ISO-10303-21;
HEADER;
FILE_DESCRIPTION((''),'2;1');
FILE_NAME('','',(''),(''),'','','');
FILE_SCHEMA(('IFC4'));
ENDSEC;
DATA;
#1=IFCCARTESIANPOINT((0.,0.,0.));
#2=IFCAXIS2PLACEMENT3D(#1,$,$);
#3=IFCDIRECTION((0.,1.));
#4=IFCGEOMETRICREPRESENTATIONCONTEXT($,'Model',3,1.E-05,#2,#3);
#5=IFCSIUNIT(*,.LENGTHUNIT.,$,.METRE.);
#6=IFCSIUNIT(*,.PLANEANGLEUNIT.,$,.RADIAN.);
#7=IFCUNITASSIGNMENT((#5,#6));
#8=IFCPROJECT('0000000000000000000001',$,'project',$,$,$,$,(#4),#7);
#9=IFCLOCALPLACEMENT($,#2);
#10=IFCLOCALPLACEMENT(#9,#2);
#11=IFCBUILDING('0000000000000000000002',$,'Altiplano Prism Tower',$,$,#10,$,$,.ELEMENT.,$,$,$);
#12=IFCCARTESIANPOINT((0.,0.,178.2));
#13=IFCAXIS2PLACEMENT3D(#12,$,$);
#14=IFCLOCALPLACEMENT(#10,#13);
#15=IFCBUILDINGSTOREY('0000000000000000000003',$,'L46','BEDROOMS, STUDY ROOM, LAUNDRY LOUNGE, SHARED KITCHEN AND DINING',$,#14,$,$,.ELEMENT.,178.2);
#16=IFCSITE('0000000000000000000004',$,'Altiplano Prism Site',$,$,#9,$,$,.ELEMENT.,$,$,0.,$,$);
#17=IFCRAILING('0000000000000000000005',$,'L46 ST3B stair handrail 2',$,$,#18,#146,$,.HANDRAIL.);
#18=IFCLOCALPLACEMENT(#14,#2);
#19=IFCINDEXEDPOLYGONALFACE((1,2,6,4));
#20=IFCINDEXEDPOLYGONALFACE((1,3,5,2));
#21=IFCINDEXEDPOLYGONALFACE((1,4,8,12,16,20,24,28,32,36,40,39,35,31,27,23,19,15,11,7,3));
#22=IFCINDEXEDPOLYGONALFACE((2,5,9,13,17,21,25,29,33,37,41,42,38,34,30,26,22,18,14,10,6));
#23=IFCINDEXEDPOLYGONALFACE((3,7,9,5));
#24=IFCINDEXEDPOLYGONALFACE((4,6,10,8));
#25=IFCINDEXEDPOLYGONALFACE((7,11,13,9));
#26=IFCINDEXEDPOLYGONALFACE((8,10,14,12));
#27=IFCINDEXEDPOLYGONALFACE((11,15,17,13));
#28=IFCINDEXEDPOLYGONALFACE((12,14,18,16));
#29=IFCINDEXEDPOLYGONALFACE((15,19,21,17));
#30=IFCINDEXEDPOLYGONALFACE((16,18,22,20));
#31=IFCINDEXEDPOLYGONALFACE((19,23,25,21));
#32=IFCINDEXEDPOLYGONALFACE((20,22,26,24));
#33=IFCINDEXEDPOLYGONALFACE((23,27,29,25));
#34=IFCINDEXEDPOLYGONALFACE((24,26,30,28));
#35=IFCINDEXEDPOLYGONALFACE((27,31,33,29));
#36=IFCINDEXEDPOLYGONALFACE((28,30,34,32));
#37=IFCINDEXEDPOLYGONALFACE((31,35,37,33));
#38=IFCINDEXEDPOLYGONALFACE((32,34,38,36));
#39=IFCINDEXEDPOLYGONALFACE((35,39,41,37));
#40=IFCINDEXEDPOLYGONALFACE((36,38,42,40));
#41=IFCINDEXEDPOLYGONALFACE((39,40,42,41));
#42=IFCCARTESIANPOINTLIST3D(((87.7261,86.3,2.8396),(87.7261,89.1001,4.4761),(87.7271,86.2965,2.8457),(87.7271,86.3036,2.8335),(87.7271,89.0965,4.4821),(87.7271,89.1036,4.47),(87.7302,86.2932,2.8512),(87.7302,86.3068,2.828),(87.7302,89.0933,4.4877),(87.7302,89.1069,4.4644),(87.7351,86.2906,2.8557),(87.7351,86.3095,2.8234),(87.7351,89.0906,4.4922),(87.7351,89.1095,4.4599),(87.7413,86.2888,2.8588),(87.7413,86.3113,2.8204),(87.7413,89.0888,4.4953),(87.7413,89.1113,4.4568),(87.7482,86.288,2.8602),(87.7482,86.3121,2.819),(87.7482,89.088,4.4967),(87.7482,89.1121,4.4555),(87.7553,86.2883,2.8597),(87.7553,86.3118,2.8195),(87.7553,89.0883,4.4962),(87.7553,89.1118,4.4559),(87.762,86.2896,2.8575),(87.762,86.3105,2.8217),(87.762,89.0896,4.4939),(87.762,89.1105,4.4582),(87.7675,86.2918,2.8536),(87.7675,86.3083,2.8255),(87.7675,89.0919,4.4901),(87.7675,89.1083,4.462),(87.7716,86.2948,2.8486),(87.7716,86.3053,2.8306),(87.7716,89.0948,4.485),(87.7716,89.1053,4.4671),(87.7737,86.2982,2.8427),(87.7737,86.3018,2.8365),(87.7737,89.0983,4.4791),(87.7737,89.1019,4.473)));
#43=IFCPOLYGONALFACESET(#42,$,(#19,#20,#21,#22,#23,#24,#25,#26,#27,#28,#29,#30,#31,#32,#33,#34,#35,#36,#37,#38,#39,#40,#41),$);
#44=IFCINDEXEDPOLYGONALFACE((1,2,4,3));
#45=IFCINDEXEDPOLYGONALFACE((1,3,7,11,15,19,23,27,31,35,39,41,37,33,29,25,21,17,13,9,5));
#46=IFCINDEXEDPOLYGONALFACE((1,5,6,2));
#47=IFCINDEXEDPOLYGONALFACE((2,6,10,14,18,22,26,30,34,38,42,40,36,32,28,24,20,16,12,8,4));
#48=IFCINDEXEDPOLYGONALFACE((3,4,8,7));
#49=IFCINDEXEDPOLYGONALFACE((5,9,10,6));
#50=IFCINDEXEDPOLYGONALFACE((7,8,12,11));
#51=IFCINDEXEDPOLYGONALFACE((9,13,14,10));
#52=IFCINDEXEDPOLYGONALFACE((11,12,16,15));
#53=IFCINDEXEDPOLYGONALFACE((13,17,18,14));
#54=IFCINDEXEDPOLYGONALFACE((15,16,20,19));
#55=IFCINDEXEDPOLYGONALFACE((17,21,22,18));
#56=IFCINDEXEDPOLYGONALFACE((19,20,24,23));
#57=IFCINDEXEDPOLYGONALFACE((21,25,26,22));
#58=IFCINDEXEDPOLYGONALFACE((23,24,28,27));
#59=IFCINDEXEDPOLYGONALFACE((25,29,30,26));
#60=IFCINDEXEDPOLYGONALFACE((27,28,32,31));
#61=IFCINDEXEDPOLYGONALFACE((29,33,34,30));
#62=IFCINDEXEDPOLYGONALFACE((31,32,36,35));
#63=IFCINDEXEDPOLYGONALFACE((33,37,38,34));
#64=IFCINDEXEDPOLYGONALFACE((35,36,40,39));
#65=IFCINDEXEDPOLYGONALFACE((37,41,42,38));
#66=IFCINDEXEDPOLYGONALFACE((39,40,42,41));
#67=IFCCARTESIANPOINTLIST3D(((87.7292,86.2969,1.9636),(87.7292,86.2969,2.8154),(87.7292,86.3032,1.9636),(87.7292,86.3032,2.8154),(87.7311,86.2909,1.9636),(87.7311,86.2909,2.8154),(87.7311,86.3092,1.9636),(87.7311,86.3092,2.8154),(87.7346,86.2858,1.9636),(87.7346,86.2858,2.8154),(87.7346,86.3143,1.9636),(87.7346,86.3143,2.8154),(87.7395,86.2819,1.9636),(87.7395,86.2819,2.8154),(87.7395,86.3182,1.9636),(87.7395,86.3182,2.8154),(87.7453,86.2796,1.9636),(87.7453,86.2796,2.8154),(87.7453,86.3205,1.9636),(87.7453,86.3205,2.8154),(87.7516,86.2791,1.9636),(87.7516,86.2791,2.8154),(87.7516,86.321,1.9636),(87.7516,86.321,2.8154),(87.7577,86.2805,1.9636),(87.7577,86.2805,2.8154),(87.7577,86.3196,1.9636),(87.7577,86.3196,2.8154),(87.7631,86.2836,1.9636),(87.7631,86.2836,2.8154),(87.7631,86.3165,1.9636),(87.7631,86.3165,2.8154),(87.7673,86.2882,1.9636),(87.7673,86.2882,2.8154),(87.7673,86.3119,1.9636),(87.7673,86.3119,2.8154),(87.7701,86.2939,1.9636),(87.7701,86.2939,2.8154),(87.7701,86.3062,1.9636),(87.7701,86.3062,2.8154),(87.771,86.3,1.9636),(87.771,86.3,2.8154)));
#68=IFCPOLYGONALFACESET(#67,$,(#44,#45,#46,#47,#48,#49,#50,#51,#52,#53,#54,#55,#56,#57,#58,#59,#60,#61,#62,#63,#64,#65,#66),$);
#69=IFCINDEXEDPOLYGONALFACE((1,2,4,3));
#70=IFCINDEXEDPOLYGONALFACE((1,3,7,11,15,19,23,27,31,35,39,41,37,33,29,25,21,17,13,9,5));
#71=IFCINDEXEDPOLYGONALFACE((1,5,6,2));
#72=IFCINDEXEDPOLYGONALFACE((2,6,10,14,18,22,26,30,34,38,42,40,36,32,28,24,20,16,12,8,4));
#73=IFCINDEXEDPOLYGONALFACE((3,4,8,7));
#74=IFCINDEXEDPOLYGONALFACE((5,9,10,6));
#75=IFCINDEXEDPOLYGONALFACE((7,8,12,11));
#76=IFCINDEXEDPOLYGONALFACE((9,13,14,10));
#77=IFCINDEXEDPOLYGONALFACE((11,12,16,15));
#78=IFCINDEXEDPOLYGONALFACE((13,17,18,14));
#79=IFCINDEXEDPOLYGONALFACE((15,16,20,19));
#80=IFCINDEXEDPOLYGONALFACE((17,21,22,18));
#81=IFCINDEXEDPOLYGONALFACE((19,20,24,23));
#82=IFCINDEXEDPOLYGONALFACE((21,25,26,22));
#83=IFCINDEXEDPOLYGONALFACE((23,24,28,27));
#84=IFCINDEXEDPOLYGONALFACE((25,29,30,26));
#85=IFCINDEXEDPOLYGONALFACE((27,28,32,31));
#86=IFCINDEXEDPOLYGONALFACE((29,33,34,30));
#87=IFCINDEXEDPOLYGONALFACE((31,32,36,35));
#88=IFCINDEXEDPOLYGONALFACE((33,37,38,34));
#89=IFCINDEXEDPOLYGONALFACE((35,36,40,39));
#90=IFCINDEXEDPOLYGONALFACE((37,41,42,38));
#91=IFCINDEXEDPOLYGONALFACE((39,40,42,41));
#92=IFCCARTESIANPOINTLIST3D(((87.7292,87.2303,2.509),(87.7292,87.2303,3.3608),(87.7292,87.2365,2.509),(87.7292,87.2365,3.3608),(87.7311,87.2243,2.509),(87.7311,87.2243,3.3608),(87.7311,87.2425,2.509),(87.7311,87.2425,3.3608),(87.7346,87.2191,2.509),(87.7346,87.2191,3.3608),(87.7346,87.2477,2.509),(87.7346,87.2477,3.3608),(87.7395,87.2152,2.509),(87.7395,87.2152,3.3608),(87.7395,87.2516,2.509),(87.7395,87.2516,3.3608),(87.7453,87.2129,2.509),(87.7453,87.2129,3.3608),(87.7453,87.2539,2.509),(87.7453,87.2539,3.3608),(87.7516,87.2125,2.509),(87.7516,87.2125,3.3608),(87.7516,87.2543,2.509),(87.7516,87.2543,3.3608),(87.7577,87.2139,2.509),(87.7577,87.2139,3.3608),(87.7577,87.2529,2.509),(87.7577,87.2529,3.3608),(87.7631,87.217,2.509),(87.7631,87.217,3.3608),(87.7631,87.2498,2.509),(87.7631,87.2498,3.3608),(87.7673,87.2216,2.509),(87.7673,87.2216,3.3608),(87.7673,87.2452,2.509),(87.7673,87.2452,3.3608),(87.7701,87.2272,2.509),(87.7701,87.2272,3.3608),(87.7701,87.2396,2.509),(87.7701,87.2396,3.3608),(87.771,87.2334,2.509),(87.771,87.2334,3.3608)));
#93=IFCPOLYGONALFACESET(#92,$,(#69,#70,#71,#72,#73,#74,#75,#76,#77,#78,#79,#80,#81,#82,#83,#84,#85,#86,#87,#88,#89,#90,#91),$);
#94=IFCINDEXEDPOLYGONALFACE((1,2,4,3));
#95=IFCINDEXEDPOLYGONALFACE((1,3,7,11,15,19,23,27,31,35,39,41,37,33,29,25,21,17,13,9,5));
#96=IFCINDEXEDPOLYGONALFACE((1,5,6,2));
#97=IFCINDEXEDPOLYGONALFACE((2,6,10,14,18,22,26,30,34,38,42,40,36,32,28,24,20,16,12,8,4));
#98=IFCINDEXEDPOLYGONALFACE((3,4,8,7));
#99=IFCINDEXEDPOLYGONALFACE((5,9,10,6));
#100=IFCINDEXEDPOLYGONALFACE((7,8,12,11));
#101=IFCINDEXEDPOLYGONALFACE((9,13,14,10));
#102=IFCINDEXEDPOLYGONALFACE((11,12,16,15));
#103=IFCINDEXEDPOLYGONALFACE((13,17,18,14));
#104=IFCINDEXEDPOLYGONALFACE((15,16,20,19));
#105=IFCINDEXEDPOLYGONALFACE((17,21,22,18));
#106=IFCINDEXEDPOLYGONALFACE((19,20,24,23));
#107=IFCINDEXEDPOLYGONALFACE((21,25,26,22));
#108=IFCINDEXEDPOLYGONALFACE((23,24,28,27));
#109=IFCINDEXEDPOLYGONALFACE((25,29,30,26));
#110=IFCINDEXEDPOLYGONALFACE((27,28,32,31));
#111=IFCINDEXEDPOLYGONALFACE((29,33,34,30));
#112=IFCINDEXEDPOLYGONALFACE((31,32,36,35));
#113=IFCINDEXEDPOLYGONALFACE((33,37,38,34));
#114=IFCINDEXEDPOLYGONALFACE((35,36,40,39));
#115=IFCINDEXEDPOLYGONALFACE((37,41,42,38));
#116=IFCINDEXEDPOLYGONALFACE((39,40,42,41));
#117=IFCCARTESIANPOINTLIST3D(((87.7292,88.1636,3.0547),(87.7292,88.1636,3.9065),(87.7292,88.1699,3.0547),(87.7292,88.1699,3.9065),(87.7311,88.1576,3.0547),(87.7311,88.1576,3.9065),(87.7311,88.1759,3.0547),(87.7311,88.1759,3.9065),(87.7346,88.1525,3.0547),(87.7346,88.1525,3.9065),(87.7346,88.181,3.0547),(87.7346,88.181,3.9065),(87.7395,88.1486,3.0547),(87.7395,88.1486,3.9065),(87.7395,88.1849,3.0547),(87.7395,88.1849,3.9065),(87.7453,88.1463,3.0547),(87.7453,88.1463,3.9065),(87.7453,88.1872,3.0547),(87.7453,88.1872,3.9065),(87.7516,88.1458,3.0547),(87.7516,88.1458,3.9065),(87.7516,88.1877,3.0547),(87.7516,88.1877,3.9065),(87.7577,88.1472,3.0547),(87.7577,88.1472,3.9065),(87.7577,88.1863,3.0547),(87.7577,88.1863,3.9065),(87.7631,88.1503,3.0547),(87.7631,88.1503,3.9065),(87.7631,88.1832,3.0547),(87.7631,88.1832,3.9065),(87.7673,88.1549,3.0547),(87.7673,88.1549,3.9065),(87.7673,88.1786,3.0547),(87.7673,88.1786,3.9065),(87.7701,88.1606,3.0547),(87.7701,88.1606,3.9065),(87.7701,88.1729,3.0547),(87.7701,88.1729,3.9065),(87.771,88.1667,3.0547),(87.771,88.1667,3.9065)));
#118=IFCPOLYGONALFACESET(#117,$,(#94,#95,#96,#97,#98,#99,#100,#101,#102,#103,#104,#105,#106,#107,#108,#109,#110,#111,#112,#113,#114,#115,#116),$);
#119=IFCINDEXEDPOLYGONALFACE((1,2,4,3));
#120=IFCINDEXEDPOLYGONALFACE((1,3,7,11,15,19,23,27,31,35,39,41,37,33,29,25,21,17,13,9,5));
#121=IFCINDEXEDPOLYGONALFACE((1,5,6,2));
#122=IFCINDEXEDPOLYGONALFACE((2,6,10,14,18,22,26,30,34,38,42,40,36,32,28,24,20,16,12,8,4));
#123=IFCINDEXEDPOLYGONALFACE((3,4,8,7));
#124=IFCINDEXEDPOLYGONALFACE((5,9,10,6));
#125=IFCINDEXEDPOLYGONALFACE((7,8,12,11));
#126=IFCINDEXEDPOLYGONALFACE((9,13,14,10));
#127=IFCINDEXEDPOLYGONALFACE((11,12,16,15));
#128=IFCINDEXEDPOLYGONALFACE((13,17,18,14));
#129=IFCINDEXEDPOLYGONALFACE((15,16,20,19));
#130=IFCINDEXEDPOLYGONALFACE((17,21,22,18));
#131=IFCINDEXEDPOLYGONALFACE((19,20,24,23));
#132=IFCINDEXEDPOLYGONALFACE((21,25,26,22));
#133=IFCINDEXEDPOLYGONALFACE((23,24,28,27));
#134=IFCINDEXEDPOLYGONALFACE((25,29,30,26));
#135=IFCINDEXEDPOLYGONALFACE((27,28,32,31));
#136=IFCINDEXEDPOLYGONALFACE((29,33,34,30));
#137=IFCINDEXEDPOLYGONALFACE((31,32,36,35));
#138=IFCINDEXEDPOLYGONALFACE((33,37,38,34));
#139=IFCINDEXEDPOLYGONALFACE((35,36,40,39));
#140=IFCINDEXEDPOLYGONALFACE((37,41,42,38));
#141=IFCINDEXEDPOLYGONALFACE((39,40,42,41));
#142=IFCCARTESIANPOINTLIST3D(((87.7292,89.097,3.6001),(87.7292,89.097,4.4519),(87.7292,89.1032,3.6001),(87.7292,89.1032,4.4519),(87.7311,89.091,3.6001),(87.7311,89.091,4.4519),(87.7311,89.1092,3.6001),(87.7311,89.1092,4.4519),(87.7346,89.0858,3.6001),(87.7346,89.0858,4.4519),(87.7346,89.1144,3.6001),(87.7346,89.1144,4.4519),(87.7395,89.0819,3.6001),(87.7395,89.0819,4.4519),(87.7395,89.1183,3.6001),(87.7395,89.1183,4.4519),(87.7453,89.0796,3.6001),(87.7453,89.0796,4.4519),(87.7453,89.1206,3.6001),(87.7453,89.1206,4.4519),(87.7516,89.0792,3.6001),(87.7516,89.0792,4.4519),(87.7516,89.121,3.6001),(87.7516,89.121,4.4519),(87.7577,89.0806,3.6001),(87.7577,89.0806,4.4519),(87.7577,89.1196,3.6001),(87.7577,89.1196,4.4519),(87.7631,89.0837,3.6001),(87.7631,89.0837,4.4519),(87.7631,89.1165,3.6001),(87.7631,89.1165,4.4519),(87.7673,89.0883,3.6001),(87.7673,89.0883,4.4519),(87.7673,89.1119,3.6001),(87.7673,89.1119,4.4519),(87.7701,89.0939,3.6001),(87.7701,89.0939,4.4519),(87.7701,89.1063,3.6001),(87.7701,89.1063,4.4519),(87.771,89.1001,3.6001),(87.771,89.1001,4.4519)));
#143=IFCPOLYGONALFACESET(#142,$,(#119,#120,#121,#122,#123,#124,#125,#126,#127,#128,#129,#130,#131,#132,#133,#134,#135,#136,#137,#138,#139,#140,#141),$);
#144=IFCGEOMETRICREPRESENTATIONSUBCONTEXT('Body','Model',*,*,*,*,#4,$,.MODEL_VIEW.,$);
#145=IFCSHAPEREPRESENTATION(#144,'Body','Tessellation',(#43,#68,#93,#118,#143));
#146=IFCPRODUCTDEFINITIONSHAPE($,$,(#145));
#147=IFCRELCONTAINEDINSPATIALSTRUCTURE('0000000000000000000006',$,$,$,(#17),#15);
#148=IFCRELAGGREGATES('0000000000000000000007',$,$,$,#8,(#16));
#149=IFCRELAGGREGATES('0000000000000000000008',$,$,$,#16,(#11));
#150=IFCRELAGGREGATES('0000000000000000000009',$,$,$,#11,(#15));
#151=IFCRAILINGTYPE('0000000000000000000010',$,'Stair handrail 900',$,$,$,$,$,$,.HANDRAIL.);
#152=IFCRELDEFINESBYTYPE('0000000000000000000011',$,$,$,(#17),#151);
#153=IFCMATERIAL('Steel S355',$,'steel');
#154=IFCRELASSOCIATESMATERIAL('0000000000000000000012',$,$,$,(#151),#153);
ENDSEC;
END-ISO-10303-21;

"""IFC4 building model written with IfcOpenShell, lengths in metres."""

from ifc_helpers import new_model, si_unit, direction, frame, origin, origin_2d, place, context, subcontext, project, spatial, circle, extrude, material, type_object, element, save


model = new_model("IFC4")

# Units and contexts
model_context = context("Model", 3, precision=1e-05, world=origin(), true_north=direction((0.0, 1.0)))
body_context = subcontext(model_context, "Body", "Model", "MODEL_VIEW")
ifc_project = project(units=[si_unit("LENGTHUNIT", "METRE"), si_unit("PLANEANGLEUNIT", "RADIAN")], contexts=[model_context])

# Site, building, storey
site_placement = place(None, origin())
site = spatial("IfcSite", under=ifc_project, at=site_placement, Name="Altiplano Prism Site", CompositionType="ELEMENT", RefElevation=0.0)
building_placement = place(site_placement, origin())
building = spatial("IfcBuilding", under=site, at=building_placement, Name="Altiplano Prism Tower", CompositionType="ELEMENT")
storey_placement = place(building_placement, frame((0.0, 0.0, 178.2)))
storey = spatial("IfcBuildingStorey", under=building, at=storey_placement, Name="L46", Description="BEDROOMS, STUDY ROOM, LAUNDRY LOUNGE, SHARED KITCHEN AND DINING", CompositionType="ELEMENT", Elevation=178.2)

# Railing
ifc_material_1 = material(Name="Steel S355", Category="steel")
railing_type = type_object("IfcRailingType", Name="Stair handrail 900", PredefinedType="HANDRAIL", material=ifc_material_1)
for number, where, name in (
    (1, (87.75, 86.3, 1.9636), "L46 ST3B stair handrail 2"),
):
    element("IfcRailing", number, at=place(storey_placement, frame(where)), inside=storey, type_object=railing_type, Name=name, PredefinedType="HANDRAIL", context=body_context, shape_type="SweptSolid", body=[
        extrude(circle(Radius=0.0239, at=origin_2d()), frame((0.0, 0.0, 0.876), z_axis=(0.0, 0.863361, 0.504587), x_axis=(-1.0, 0.0, 0.0)), (0.0, 0.0, 1.0), 3.2432),
        extrude(circle(Radius=0.021, at=origin_2d()), origin(), (0.0, 0.0, 1.0), 0.8518),
        extrude(circle(Radius=0.021, at=origin_2d()), frame((0.0, 0.9333, 0.5454)), (0.0, 0.0, 1.0), 0.8518),
        extrude(circle(Radius=0.021, at=origin_2d()), frame((0.0, 1.8667, 1.0911)), (0.0, 0.0, 1.0), 0.8518),
        extrude(circle(Radius=0.021, at=origin_2d()), frame((0.0, 2.8, 1.6365)), (0.0, 0.0, 1.0), 0.8518),
    ])

save(model, "model.ifc")
